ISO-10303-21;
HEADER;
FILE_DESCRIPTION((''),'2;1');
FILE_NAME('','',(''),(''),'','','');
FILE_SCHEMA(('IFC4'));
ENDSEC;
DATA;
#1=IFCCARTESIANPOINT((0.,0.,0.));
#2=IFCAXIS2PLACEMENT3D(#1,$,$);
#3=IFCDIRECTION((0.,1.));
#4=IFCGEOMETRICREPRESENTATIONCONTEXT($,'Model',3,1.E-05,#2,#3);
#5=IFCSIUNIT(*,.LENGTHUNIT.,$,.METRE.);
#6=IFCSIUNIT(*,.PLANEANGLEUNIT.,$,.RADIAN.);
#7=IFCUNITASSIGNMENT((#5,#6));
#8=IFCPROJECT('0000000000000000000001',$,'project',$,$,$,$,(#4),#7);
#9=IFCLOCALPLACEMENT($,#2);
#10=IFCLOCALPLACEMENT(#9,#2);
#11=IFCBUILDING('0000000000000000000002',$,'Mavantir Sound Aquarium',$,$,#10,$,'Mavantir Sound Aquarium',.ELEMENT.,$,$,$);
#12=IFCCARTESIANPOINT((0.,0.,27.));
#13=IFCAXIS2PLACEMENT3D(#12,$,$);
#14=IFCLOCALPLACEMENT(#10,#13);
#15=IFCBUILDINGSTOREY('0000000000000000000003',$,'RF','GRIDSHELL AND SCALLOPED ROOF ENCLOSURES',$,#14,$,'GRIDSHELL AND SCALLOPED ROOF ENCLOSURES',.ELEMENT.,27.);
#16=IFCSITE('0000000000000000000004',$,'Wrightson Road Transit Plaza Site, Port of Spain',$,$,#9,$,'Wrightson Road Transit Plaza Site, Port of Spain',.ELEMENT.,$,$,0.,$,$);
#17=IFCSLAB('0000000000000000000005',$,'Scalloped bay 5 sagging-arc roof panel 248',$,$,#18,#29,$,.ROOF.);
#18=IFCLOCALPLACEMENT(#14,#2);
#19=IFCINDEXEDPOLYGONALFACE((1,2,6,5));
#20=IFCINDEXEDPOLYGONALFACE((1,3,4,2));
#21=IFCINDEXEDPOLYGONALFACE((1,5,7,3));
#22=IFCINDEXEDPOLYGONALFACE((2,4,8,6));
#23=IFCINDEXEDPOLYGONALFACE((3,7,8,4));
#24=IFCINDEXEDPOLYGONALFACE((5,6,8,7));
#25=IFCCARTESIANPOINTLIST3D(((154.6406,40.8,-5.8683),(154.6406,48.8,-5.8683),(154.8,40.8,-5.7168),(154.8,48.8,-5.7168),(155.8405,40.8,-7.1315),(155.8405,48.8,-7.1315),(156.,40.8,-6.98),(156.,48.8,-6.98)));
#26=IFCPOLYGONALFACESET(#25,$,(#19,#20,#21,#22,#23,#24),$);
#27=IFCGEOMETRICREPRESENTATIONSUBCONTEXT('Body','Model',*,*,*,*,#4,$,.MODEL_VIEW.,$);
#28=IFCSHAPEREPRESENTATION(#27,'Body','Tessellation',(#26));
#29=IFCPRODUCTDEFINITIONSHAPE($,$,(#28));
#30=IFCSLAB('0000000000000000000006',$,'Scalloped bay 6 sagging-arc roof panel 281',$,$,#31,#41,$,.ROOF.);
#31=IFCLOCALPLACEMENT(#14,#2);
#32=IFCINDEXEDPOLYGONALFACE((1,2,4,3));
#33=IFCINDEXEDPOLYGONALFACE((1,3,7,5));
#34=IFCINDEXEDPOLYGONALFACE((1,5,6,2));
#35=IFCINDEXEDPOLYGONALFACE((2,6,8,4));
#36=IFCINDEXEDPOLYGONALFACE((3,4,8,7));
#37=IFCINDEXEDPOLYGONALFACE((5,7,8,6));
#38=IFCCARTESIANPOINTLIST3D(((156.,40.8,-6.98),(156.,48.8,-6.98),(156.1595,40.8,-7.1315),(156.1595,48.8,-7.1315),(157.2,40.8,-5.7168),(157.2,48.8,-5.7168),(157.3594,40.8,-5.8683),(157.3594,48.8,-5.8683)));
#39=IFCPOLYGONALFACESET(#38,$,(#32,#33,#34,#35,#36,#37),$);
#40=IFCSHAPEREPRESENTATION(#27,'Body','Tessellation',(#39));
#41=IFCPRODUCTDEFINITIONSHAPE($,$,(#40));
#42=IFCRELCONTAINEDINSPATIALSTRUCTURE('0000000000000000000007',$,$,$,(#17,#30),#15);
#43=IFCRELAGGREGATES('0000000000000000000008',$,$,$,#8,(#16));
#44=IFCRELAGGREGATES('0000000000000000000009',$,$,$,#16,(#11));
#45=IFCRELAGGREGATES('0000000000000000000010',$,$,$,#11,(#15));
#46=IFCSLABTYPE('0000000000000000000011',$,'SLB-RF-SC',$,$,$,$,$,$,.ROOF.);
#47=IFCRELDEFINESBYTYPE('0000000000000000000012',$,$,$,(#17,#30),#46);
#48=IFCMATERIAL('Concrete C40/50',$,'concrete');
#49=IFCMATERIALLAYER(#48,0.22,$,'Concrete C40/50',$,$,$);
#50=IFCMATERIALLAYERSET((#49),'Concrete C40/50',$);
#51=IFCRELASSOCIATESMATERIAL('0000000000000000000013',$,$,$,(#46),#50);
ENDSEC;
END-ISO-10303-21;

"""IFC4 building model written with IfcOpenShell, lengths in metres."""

from ifc_helpers import new_model, si_unit, direction, frame, origin, place, context, subcontext, project, spatial, polyline, outline, extrude, material, layer, layer_set, type_object, element, save


model = new_model("IFC4")

# Units and contexts
model_context = context("Model", 3, precision=1e-05, world=origin(), true_north=direction((0.0, 1.0)))
body_context = subcontext(model_context, "Body", "Model", "MODEL_VIEW")
ifc_project = project(units=[si_unit("LENGTHUNIT", "METRE"), si_unit("PLANEANGLEUNIT", "RADIAN")], contexts=[model_context])

# Site, building, storey
site_placement = place(None, origin())
site = spatial("IfcSite", under=ifc_project, at=site_placement, Name="Wrightson Road Transit Plaza Site, Port of Spain", LongName="Wrightson Road Transit Plaza Site, Port of Spain", CompositionType="ELEMENT", RefElevation=0.0)
building_placement = place(site_placement, origin())
building = spatial("IfcBuilding", under=site, at=building_placement, Name="Mavantir Sound Aquarium", LongName="Mavantir Sound Aquarium", CompositionType="ELEMENT")
storey_placement = place(building_placement, frame((0.0, 0.0, 27.0)))
storey = spatial("IfcBuildingStorey", under=building, at=storey_placement, Name="RF", Description="GRIDSHELL AND SCALLOPED ROOF ENCLOSURES", LongName="GRIDSHELL AND SCALLOPED ROOF ENCLOSURES", CompositionType="ELEMENT", Elevation=27.0)

# Shared definitions
ifc_material_1 = material(Name="Concrete C40/50", Category="concrete")

# Slabs
ifc_layer_1 = layer(ifc_material_1, 0.22, Name="Concrete C40/50")
ifc_layer_set_1 = layer_set([ifc_layer_1], Name="Concrete C40/50")
slab_type = type_object("IfcSlabType", Name="SLB-RF-SC", PredefinedType="ROOF", material=ifc_layer_set_1)
for number, where, z_axis, x_axis, name in (
    (1, (154.8, 40.8, -5.7168), (0.72502, 0.0, 0.688727), (0.688727, 0.0, -0.72502), "Scalloped bay 5 sagging-arc roof panel 248"),
    (2, (156.0, 40.8, -6.98), (-0.72502, 0.0, 0.688727), (0.688727, 0.0, 0.72502), "Scalloped bay 6 sagging-arc roof panel 281"),
):
    element("IfcSlab", number, at=place(storey_placement, frame(where, z_axis=z_axis, x_axis=x_axis)), inside=storey, type_object=slab_type, Name=name, PredefinedType="ROOF", context=body_context, shape_type="SweptSolid", body=[
        extrude(outline(polyline([(0.0, 0.0), (1.7423, 0.0), (1.7423, 8.0), (0.0, 8.0), (0.0, 0.0)])), origin(), (0.0, 0.0, -1.0), 0.22),
    ])

save(model, "model.ifc")
